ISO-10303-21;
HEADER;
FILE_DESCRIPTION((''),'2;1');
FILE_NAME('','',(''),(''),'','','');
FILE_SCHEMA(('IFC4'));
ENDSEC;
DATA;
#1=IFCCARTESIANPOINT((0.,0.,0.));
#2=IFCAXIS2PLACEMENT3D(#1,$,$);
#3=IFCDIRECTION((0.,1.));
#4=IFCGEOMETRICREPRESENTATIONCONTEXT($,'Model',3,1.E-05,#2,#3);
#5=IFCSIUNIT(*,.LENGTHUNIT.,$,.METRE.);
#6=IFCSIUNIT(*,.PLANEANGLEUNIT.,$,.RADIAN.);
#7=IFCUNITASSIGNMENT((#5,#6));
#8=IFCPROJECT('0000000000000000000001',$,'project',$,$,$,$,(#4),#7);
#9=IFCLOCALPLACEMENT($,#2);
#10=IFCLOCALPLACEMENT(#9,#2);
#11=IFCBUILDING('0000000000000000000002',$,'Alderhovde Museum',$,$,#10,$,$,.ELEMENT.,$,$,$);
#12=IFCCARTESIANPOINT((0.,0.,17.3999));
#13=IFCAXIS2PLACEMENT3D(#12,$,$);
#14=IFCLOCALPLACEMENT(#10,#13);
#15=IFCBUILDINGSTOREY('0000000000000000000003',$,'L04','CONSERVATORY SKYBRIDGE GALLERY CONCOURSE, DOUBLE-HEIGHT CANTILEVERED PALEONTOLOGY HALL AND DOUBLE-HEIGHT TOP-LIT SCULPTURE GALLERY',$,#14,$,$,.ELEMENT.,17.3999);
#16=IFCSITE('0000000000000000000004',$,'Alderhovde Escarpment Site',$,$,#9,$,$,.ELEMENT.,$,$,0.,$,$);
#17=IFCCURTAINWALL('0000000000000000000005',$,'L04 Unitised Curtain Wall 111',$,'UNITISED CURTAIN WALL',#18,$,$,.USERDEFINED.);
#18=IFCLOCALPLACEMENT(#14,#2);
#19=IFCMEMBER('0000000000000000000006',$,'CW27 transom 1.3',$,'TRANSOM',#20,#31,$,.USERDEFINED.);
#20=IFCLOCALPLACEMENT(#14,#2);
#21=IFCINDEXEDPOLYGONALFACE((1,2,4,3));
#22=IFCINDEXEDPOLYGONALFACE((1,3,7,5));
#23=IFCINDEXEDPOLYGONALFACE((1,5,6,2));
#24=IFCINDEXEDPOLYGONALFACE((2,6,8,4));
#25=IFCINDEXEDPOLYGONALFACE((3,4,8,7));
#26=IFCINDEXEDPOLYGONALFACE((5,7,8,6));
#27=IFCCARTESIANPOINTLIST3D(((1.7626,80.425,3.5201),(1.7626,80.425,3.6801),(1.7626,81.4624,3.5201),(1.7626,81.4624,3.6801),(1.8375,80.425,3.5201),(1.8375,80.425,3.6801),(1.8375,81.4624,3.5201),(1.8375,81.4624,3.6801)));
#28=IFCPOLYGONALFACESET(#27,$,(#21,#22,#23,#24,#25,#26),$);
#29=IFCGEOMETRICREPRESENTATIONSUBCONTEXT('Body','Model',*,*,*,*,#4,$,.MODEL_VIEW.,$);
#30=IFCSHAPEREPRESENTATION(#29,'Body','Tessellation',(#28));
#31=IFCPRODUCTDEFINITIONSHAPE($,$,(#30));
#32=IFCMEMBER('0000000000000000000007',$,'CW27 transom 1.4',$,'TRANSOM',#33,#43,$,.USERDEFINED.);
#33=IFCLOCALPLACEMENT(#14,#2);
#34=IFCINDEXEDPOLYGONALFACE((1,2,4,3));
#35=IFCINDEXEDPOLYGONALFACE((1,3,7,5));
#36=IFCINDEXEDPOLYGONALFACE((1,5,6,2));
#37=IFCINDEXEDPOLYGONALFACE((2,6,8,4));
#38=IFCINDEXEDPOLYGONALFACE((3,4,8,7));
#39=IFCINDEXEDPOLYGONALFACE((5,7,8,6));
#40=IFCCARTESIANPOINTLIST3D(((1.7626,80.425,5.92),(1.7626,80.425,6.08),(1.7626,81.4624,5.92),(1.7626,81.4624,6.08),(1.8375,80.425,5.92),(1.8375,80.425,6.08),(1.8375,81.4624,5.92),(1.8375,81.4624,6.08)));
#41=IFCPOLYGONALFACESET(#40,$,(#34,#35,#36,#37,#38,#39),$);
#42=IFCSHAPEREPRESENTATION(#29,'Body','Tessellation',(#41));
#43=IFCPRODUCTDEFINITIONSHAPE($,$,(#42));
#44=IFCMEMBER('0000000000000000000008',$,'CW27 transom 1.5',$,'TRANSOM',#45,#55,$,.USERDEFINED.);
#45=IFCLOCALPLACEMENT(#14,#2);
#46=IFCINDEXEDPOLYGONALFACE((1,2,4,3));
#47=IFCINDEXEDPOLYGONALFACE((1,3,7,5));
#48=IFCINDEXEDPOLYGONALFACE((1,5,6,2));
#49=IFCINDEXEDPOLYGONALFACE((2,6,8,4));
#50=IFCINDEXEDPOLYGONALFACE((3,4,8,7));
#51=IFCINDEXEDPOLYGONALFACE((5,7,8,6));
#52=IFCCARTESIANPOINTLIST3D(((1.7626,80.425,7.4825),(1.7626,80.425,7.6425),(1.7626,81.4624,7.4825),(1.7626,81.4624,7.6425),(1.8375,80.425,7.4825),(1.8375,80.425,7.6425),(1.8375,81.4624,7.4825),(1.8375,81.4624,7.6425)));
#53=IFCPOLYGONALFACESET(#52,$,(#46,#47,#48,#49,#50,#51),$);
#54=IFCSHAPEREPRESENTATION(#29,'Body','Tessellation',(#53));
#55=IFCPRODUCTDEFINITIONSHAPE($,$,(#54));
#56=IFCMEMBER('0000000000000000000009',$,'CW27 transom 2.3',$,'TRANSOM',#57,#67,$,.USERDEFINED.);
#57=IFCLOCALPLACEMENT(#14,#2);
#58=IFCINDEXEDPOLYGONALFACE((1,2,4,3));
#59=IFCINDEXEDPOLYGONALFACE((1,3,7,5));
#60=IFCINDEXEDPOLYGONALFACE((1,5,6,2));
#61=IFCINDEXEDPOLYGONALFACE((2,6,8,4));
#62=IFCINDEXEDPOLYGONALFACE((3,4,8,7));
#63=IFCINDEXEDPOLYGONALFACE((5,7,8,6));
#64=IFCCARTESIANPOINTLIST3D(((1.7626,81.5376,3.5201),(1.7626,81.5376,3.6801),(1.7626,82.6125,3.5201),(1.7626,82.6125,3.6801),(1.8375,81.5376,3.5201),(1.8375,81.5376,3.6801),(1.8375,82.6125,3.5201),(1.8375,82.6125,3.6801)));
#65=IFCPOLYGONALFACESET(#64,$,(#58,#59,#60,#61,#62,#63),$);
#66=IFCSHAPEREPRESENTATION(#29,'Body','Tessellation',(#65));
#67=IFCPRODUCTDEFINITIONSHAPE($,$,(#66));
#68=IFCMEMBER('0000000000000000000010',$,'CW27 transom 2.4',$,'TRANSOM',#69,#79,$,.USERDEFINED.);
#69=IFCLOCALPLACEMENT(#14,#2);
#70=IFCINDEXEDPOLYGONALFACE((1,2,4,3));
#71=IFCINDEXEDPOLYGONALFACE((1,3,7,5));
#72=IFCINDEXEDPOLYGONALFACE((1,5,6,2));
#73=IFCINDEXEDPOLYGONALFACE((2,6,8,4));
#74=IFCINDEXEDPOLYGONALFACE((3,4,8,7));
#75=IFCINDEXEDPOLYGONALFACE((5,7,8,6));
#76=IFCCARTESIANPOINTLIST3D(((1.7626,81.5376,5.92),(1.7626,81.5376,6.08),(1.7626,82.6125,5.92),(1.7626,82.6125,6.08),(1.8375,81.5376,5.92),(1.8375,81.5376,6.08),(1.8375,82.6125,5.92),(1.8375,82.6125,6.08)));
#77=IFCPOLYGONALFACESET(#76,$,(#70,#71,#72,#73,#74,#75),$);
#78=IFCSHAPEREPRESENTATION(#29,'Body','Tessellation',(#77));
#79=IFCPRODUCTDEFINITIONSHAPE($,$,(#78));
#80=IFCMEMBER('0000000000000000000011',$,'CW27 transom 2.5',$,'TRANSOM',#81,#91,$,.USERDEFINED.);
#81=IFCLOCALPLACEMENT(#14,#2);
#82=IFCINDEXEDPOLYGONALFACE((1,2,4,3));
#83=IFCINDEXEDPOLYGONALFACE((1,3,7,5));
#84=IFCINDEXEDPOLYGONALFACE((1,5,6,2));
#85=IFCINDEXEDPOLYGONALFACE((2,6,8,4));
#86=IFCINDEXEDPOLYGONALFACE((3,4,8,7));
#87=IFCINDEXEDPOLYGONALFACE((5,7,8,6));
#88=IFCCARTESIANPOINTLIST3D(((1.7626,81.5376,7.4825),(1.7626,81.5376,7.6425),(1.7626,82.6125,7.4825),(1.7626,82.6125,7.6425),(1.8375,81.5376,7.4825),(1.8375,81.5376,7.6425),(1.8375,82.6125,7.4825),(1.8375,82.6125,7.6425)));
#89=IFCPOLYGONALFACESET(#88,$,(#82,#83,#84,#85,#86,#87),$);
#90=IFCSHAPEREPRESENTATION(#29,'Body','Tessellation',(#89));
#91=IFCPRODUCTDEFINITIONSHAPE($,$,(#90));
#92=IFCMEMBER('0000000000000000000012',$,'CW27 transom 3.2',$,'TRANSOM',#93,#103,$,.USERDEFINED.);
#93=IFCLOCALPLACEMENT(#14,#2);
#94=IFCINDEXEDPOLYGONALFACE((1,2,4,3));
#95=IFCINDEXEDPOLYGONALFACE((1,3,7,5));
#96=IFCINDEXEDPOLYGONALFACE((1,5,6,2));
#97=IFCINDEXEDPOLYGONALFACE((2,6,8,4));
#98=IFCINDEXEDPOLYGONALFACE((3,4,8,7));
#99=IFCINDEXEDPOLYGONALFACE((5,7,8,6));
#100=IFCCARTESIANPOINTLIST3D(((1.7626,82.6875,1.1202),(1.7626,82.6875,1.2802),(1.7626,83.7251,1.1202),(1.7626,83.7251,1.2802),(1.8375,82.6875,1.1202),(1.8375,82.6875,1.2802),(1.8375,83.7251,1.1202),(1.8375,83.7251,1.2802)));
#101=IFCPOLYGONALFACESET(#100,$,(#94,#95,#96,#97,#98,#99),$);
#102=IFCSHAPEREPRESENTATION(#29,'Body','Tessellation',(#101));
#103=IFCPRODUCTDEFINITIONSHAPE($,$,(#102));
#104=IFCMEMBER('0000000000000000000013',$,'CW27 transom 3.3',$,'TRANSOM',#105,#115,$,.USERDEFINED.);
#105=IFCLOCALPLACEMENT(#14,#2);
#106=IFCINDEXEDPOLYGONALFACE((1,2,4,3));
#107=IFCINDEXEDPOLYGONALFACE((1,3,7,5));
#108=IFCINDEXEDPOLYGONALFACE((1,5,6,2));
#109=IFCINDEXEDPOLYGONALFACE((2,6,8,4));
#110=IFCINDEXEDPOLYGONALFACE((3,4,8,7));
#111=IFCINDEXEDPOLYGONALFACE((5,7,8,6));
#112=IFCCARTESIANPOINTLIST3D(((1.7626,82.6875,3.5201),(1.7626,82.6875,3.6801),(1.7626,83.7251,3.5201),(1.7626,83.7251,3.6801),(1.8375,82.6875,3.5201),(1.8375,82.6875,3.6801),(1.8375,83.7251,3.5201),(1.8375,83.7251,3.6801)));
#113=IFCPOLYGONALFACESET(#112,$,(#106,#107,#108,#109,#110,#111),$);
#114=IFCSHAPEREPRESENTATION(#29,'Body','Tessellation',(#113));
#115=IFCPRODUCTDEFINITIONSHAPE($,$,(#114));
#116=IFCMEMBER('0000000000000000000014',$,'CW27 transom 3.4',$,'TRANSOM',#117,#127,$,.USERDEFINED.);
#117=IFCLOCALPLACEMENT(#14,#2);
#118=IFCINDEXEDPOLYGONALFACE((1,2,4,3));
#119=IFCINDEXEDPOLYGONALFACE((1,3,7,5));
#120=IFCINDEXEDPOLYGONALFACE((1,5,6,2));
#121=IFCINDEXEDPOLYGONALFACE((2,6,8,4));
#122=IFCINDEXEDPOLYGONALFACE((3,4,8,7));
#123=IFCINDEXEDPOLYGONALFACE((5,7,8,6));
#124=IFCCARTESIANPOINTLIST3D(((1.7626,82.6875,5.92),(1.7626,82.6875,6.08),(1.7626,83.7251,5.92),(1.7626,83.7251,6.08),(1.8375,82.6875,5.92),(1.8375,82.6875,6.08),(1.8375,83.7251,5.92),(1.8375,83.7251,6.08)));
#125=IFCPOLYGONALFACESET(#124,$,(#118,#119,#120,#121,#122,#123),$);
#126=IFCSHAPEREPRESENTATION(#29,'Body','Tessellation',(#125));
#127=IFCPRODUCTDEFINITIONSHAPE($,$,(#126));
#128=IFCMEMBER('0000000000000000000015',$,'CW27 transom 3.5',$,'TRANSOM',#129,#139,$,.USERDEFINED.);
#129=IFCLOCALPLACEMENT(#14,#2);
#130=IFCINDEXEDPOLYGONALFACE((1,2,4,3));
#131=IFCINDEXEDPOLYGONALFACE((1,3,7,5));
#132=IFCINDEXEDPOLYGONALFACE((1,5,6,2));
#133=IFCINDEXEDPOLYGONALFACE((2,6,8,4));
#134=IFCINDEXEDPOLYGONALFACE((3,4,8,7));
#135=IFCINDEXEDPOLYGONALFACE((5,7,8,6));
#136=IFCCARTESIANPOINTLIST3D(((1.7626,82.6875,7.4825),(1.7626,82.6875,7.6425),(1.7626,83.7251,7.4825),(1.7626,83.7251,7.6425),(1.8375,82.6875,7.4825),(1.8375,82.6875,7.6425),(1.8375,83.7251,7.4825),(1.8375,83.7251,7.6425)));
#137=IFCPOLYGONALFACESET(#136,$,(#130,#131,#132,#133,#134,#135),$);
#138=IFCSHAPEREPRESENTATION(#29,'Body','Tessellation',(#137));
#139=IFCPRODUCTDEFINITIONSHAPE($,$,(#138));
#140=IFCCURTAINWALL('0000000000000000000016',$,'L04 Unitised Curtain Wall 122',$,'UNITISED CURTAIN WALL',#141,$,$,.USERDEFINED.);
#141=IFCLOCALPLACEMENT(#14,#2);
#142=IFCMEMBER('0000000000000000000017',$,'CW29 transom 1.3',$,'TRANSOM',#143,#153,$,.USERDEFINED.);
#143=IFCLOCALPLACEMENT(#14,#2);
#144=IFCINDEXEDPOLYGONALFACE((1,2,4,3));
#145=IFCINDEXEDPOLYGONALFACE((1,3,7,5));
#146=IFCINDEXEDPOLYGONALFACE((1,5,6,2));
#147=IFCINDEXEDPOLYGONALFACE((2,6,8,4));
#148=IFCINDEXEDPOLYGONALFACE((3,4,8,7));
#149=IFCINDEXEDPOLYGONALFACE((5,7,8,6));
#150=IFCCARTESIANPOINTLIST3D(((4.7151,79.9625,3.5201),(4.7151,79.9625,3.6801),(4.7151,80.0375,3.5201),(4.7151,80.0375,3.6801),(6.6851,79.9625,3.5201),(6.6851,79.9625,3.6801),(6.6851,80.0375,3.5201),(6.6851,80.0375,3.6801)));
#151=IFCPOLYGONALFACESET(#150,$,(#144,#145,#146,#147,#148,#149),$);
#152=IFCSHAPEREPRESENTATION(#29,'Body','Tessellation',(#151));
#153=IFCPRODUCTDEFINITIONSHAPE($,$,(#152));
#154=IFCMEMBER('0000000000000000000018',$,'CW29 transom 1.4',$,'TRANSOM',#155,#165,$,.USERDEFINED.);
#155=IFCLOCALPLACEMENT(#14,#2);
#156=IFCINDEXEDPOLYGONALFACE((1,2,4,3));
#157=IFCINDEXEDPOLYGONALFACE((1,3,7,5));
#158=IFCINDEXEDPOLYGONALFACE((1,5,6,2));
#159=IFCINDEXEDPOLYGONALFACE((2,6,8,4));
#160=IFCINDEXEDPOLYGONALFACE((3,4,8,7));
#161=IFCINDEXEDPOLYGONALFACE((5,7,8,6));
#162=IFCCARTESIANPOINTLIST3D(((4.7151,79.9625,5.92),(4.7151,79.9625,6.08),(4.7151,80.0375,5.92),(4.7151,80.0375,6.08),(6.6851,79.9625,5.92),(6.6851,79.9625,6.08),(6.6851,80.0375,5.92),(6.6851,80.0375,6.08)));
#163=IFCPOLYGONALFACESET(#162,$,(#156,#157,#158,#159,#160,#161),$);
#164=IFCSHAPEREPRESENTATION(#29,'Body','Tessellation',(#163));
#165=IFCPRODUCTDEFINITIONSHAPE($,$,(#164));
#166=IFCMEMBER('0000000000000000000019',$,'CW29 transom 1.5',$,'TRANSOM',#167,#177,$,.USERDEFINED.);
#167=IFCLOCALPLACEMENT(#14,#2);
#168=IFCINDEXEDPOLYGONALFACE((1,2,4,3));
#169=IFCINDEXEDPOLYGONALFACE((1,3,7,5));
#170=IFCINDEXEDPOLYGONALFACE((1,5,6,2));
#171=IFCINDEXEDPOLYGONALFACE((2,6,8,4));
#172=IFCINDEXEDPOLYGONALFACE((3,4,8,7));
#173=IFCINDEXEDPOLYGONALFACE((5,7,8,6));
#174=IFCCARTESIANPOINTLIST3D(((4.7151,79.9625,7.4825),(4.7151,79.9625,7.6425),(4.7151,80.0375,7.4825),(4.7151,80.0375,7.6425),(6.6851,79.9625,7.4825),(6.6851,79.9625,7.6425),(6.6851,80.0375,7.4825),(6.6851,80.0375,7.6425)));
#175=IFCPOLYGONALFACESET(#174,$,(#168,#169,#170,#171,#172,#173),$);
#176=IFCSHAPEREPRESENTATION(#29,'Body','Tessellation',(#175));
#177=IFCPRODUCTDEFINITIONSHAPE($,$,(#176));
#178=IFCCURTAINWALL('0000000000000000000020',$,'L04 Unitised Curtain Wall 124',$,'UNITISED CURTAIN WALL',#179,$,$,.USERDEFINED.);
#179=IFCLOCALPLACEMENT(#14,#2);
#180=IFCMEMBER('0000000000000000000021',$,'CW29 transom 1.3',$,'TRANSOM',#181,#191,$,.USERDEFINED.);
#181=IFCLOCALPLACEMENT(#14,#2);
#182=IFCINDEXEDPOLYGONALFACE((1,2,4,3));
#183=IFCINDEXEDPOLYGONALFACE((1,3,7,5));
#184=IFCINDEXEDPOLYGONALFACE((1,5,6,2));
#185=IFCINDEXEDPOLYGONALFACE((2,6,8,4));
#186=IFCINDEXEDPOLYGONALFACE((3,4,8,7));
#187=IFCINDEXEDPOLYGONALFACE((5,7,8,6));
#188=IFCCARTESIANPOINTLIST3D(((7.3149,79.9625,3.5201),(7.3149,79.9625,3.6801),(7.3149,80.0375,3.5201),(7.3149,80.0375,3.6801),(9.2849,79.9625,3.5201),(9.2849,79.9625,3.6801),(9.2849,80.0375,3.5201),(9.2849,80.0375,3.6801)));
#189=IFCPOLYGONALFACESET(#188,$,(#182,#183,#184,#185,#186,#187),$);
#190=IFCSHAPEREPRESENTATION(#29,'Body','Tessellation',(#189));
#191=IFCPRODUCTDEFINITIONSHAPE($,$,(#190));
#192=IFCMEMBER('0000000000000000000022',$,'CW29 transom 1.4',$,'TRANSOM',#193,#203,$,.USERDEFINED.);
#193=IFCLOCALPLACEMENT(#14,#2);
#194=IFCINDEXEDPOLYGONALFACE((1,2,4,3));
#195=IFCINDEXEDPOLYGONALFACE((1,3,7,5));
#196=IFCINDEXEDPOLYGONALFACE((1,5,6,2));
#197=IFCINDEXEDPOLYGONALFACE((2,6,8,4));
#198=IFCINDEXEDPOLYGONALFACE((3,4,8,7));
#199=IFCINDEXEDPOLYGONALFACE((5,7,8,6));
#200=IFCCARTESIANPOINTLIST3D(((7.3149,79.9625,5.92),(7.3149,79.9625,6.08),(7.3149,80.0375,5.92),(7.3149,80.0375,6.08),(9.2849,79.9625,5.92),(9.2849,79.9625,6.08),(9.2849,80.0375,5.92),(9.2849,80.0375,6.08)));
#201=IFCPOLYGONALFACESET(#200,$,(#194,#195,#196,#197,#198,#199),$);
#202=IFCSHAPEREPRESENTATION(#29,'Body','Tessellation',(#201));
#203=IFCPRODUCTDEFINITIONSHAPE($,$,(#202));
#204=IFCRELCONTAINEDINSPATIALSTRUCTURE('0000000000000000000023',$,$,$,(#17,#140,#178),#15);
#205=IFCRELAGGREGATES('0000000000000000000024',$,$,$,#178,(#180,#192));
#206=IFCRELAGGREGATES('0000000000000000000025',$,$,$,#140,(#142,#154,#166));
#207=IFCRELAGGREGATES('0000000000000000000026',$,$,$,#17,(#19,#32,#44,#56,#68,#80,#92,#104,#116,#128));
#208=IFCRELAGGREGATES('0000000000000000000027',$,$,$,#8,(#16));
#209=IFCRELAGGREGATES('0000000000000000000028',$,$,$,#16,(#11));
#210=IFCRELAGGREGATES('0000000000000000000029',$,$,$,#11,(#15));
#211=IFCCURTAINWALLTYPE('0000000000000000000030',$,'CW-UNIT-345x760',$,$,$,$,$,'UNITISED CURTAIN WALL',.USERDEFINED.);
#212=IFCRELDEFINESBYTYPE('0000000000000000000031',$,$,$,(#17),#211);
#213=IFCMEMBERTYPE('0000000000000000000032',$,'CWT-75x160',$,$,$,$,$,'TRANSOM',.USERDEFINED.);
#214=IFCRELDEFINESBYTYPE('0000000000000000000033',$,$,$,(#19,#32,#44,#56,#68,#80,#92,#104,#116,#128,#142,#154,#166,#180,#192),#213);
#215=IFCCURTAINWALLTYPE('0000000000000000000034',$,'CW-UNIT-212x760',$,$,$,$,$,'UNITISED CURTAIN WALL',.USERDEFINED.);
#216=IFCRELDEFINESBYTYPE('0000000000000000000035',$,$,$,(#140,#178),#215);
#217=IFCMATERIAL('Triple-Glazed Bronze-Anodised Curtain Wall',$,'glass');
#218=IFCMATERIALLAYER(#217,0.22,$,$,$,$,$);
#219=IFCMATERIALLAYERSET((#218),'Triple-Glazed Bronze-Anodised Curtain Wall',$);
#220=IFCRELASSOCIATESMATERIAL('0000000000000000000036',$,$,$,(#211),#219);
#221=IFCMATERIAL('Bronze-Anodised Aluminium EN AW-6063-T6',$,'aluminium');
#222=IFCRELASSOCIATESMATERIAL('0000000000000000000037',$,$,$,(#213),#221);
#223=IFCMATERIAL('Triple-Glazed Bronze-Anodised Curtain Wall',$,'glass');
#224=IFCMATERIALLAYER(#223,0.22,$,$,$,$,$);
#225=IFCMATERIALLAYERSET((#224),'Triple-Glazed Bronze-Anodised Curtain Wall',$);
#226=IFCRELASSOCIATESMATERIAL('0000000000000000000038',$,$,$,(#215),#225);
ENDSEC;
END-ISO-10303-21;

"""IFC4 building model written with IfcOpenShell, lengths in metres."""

from ifc_helpers import new_model, si_unit, direction, frame, origin, origin_2d, place, context, subcontext, project, spatial, rectangle, extrude, material, layer, layer_set, material_profile, profile_set, type_object, element, aggregate, save


model = new_model("IFC4")

# Units and contexts
model_context = context("Model", 3, precision=1e-05, world=origin(), true_north=direction((0.0, 1.0)))
body_context = subcontext(model_context, "Body", "Model", "MODEL_VIEW")
ifc_project = project(units=[si_unit("LENGTHUNIT", "METRE"), si_unit("PLANEANGLEUNIT", "RADIAN")], contexts=[model_context])

# Site, building, storey
site_placement = place(None, origin())
site = spatial("IfcSite", under=ifc_project, at=site_placement, Name="Alderhovde Escarpment Site", CompositionType="ELEMENT", RefElevation=0.0)
building_placement = place(site_placement, origin())
building = spatial("IfcBuilding", under=site, at=building_placement, Name="Alderhovde Museum", CompositionType="ELEMENT")
storey_placement = place(building_placement, frame((0.0, 0.0, 17.3999)))
storey = spatial("IfcBuildingStorey", under=building, at=storey_placement, Name="L04", Description="CONSERVATORY SKYBRIDGE GALLERY CONCOURSE, DOUBLE-HEIGHT CANTILEVERED PALEONTOLOGY HALL AND DOUBLE-HEIGHT TOP-LIT SCULPTURE GALLERY", CompositionType="ELEMENT", Elevation=17.3999)

# Curtain walls, members
ifc_material_1 = material(Name="Triple-Glazed Bronze-Anodised Curtain Wall", Category="glass")
ifc_layer_1 = layer(ifc_material_1, 0.22)
ifc_layer_set_1 = layer_set([ifc_layer_1], Name="Triple-Glazed Bronze-Anodised Curtain Wall")
curtain_wall_type_1 = type_object("IfcCurtainWallType", Name="CW-UNIT-345x760", ElementType="UNITISED CURTAIN WALL", PredefinedType="USERDEFINED", material=ifc_layer_set_1)
curtain_wall_1_placement = place(storey_placement, origin())
curtain_wall_1 = element("IfcCurtainWall", 1, at=curtain_wall_1_placement, inside=storey, type_object=curtain_wall_type_1, Name="L04 Unitised Curtain Wall 111", ObjectType="UNITISED CURTAIN WALL", PredefinedType="USERDEFINED")
ifc_material_2 = material(Name="Bronze-Anodised Aluminium EN AW-6063-T6", Category="aluminium")
ifc_material_profile_1 = material_profile(ifc_material_2, rectangle(XDim=0.075, YDim=0.1599, at=origin_2d()), Name="TRANSOM 75x160")
ifc_profile_set_1 = profile_set([ifc_material_profile_1], Name="Bronze-Anodised Aluminium EN AW-6063-T6")
member_type_1 = type_object("IfcMemberType", Name="CWT-75x160", ElementType="TRANSOM", PredefinedType="USERDEFINED", material=ifc_profile_set_1)
member_1_placement = place(storey_placement, frame((1.8, 80.425, 3.6001), z_axis=(0.0, 1.0, 0.0), x_axis=(-1.0, 0.0, 0.0)))
member_1 = element("IfcMember", 2, at=member_1_placement, type_object=member_type_1, Name="CW27 transom 1.3", ObjectType="TRANSOM", PredefinedType="USERDEFINED", context=body_context, shape_type="SweptSolid", body=[
    extrude(rectangle(XDim=0.075, YDim=0.1599, at=origin_2d()), origin(), (0.0, 0.0, 1.0), 1.0374),
])
member_2_placement = place(storey_placement, frame((1.8, 80.425, 6.0), z_axis=(0.0, 1.0, 0.0), x_axis=(-1.0, 0.0, 0.0)))
member_2 = element("IfcMember", 3, at=member_2_placement, type_object=member_type_1, Name="CW27 transom 1.4", ObjectType="TRANSOM", PredefinedType="USERDEFINED", context=body_context, shape_type="SweptSolid", body=[
    extrude(rectangle(XDim=0.075, YDim=0.1599, at=origin_2d()), origin(), (0.0, 0.0, 1.0), 1.0374),
])
member_3_placement = place(storey_placement, frame((1.8, 80.425, 7.5625), z_axis=(0.0, 1.0, 0.0), x_axis=(-1.0, 0.0, 0.0)))
member_3 = element("IfcMember", 4, at=member_3_placement, type_object=member_type_1, Name="CW27 transom 1.5", ObjectType="TRANSOM", PredefinedType="USERDEFINED", context=body_context, shape_type="SweptSolid", body=[
    extrude(rectangle(XDim=0.075, YDim=0.1599, at=origin_2d()), origin(), (0.0, 0.0, 1.0), 1.0374),
])
member_4_placement = place(storey_placement, frame((1.8, 81.5376, 3.6001), z_axis=(0.0, 1.0, 0.0), x_axis=(-1.0, 0.0, 0.0)))
member_4 = element("IfcMember", 5, at=member_4_placement, type_object=member_type_1, Name="CW27 transom 2.3", ObjectType="TRANSOM", PredefinedType="USERDEFINED", context=body_context, shape_type="SweptSolid", body=[
    extrude(rectangle(XDim=0.075, YDim=0.1599, at=origin_2d()), origin(), (0.0, 0.0, 1.0), 1.075),
])
member_5_placement = place(storey_placement, frame((1.8, 81.5376, 6.0), z_axis=(0.0, 1.0, 0.0), x_axis=(-1.0, 0.0, 0.0)))
member_5 = element("IfcMember", 6, at=member_5_placement, type_object=member_type_1, Name="CW27 transom 2.4", ObjectType="TRANSOM", PredefinedType="USERDEFINED", context=body_context, shape_type="SweptSolid", body=[
    extrude(rectangle(XDim=0.075, YDim=0.1599, at=origin_2d()), origin(), (0.0, 0.0, 1.0), 1.075),
])
member_6_placement = place(storey_placement, frame((1.8, 81.5376, 7.5625), z_axis=(0.0, 1.0, 0.0), x_axis=(-1.0, 0.0, 0.0)))
member_6 = element("IfcMember", 7, at=member_6_placement, type_object=member_type_1, Name="CW27 transom 2.5", ObjectType="TRANSOM", PredefinedType="USERDEFINED", context=body_context, shape_type="SweptSolid", body=[
    extrude(rectangle(XDim=0.075, YDim=0.1599, at=origin_2d()), origin(), (0.0, 0.0, 1.0), 1.075),
])
member_7_placement = place(storey_placement, frame((1.8, 82.6875, 1.2002), z_axis=(0.0, 1.0, 0.0), x_axis=(-1.0, 0.0, 0.0)))
member_7 = element("IfcMember", 8, at=member_7_placement, type_object=member_type_1, Name="CW27 transom 3.2", ObjectType="TRANSOM", PredefinedType="USERDEFINED", context=body_context, shape_type="SweptSolid", body=[
    extrude(rectangle(XDim=0.075, YDim=0.1599, at=origin_2d()), origin(), (0.0, 0.0, 1.0), 1.0376),
])
member_8_placement = place(storey_placement, frame((1.8, 82.6875, 3.6001), z_axis=(0.0, 1.0, 0.0), x_axis=(-1.0, 0.0, 0.0)))
member_8 = element("IfcMember", 9, at=member_8_placement, type_object=member_type_1, Name="CW27 transom 3.3", ObjectType="TRANSOM", PredefinedType="USERDEFINED", context=body_context, shape_type="SweptSolid", body=[
    extrude(rectangle(XDim=0.075, YDim=0.1599, at=origin_2d()), origin(), (0.0, 0.0, 1.0), 1.0376),
])
member_9_placement = place(storey_placement, frame((1.8, 82.6875, 6.0), z_axis=(0.0, 1.0, 0.0), x_axis=(-1.0, 0.0, 0.0)))
member_9 = element("IfcMember", 10, at=member_9_placement, type_object=member_type_1, Name="CW27 transom 3.4", ObjectType="TRANSOM", PredefinedType="USERDEFINED", context=body_context, shape_type="SweptSolid", body=[
    extrude(rectangle(XDim=0.075, YDim=0.1599, at=origin_2d()), origin(), (0.0, 0.0, 1.0), 1.0376),
])
member_10_placement = place(storey_placement, frame((1.8, 82.6875, 7.5625), z_axis=(0.0, 1.0, 0.0), x_axis=(-1.0, 0.0, 0.0)))
member_10 = element("IfcMember", 11, at=member_10_placement, type_object=member_type_1, Name="CW27 transom 3.5", ObjectType="TRANSOM", PredefinedType="USERDEFINED", context=body_context, shape_type="SweptSolid", body=[
    extrude(rectangle(XDim=0.075, YDim=0.1599, at=origin_2d()), origin(), (0.0, 0.0, 1.0), 1.0376),
])
ifc_material_3 = material(Name="Triple-Glazed Bronze-Anodised Curtain Wall", Category="glass")
ifc_layer_2 = layer(ifc_material_3, 0.22)
ifc_layer_set_2 = layer_set([ifc_layer_2], Name="Triple-Glazed Bronze-Anodised Curtain Wall")
curtain_wall_type_2 = type_object("IfcCurtainWallType", Name="CW-UNIT-212x760", ElementType="UNITISED CURTAIN WALL", PredefinedType="USERDEFINED", material=ifc_layer_set_2)
curtain_wall_2_placement = place(storey_placement, origin())
curtain_wall_2 = element("IfcCurtainWall", 12, at=curtain_wall_2_placement, inside=storey, type_object=curtain_wall_type_2, Name="L04 Unitised Curtain Wall 122", ObjectType="UNITISED CURTAIN WALL", PredefinedType="USERDEFINED")
member_11_placement = place(storey_placement, frame((4.7151, 80.0, 3.6001), z_axis=(1.0, 0.0, 0.0), x_axis=(0.0, 1.0, 0.0)))
member_11 = element("IfcMember", 13, at=member_11_placement, type_object=member_type_1, Name="CW29 transom 1.3", ObjectType="TRANSOM", PredefinedType="USERDEFINED", context=body_context, shape_type="SweptSolid", body=[
    extrude(rectangle(XDim=0.075, YDim=0.1599, at=origin_2d()), origin(), (0.0, 0.0, 1.0), 1.97),
])
member_12_placement = place(storey_placement, frame((4.7151, 80.0, 6.0), z_axis=(1.0, 0.0, 0.0), x_axis=(0.0, 1.0, 0.0)))
member_12 = element("IfcMember", 14, at=member_12_placement, type_object=member_type_1, Name="CW29 transom 1.4", ObjectType="TRANSOM", PredefinedType="USERDEFINED", context=body_context, shape_type="SweptSolid", body=[
    extrude(rectangle(XDim=0.075, YDim=0.1599, at=origin_2d()), origin(), (0.0, 0.0, 1.0), 1.97),
])
member_13_placement = place(storey_placement, frame((4.7151, 80.0, 7.5625), z_axis=(1.0, 0.0, 0.0), x_axis=(0.0, 1.0, 0.0)))
member_13 = element("IfcMember", 15, at=member_13_placement, type_object=member_type_1, Name="CW29 transom 1.5", ObjectType="TRANSOM", PredefinedType="USERDEFINED", context=body_context, shape_type="SweptSolid", body=[
    extrude(rectangle(XDim=0.075, YDim=0.1599, at=origin_2d()), origin(), (0.0, 0.0, 1.0), 1.97),
])
curtain_wall_3_placement = place(storey_placement, origin())
curtain_wall_3 = element("IfcCurtainWall", 16, at=curtain_wall_3_placement, inside=storey, type_object=curtain_wall_type_2, Name="L04 Unitised Curtain Wall 124", ObjectType="UNITISED CURTAIN WALL", PredefinedType="USERDEFINED")
member_14_placement = place(storey_placement, frame((7.3149, 80.0, 3.6001), z_axis=(1.0, 0.0, 0.0), x_axis=(0.0, 1.0, 0.0)))
member_14 = element("IfcMember", 17, at=member_14_placement, type_object=member_type_1, Name="CW29 transom 1.3", ObjectType="TRANSOM", PredefinedType="USERDEFINED", context=body_context, shape_type="SweptSolid", body=[
    extrude(rectangle(XDim=0.075, YDim=0.1599, at=origin_2d()), origin(), (0.0, 0.0, 1.0), 1.97),
])
member_15_placement = place(storey_placement, frame((7.3149, 80.0, 6.0), z_axis=(1.0, 0.0, 0.0), x_axis=(0.0, 1.0, 0.0)))
member_15 = element("IfcMember", 18, at=member_15_placement, type_object=member_type_1, Name="CW29 transom 1.4", ObjectType="TRANSOM", PredefinedType="USERDEFINED", context=body_context, shape_type="SweptSolid", body=[
    extrude(rectangle(XDim=0.075, YDim=0.1599, at=origin_2d()), origin(), (0.0, 0.0, 1.0), 1.97),
])

aggregate(curtain_wall_3, [member_14, member_15])
aggregate(curtain_wall_2, [member_11, member_12, member_13])
aggregate(curtain_wall_1, [member_1, member_2, member_3, member_4, member_5, member_6, member_7, member_8, member_9, member_10])

save(model, "model.ifc")
